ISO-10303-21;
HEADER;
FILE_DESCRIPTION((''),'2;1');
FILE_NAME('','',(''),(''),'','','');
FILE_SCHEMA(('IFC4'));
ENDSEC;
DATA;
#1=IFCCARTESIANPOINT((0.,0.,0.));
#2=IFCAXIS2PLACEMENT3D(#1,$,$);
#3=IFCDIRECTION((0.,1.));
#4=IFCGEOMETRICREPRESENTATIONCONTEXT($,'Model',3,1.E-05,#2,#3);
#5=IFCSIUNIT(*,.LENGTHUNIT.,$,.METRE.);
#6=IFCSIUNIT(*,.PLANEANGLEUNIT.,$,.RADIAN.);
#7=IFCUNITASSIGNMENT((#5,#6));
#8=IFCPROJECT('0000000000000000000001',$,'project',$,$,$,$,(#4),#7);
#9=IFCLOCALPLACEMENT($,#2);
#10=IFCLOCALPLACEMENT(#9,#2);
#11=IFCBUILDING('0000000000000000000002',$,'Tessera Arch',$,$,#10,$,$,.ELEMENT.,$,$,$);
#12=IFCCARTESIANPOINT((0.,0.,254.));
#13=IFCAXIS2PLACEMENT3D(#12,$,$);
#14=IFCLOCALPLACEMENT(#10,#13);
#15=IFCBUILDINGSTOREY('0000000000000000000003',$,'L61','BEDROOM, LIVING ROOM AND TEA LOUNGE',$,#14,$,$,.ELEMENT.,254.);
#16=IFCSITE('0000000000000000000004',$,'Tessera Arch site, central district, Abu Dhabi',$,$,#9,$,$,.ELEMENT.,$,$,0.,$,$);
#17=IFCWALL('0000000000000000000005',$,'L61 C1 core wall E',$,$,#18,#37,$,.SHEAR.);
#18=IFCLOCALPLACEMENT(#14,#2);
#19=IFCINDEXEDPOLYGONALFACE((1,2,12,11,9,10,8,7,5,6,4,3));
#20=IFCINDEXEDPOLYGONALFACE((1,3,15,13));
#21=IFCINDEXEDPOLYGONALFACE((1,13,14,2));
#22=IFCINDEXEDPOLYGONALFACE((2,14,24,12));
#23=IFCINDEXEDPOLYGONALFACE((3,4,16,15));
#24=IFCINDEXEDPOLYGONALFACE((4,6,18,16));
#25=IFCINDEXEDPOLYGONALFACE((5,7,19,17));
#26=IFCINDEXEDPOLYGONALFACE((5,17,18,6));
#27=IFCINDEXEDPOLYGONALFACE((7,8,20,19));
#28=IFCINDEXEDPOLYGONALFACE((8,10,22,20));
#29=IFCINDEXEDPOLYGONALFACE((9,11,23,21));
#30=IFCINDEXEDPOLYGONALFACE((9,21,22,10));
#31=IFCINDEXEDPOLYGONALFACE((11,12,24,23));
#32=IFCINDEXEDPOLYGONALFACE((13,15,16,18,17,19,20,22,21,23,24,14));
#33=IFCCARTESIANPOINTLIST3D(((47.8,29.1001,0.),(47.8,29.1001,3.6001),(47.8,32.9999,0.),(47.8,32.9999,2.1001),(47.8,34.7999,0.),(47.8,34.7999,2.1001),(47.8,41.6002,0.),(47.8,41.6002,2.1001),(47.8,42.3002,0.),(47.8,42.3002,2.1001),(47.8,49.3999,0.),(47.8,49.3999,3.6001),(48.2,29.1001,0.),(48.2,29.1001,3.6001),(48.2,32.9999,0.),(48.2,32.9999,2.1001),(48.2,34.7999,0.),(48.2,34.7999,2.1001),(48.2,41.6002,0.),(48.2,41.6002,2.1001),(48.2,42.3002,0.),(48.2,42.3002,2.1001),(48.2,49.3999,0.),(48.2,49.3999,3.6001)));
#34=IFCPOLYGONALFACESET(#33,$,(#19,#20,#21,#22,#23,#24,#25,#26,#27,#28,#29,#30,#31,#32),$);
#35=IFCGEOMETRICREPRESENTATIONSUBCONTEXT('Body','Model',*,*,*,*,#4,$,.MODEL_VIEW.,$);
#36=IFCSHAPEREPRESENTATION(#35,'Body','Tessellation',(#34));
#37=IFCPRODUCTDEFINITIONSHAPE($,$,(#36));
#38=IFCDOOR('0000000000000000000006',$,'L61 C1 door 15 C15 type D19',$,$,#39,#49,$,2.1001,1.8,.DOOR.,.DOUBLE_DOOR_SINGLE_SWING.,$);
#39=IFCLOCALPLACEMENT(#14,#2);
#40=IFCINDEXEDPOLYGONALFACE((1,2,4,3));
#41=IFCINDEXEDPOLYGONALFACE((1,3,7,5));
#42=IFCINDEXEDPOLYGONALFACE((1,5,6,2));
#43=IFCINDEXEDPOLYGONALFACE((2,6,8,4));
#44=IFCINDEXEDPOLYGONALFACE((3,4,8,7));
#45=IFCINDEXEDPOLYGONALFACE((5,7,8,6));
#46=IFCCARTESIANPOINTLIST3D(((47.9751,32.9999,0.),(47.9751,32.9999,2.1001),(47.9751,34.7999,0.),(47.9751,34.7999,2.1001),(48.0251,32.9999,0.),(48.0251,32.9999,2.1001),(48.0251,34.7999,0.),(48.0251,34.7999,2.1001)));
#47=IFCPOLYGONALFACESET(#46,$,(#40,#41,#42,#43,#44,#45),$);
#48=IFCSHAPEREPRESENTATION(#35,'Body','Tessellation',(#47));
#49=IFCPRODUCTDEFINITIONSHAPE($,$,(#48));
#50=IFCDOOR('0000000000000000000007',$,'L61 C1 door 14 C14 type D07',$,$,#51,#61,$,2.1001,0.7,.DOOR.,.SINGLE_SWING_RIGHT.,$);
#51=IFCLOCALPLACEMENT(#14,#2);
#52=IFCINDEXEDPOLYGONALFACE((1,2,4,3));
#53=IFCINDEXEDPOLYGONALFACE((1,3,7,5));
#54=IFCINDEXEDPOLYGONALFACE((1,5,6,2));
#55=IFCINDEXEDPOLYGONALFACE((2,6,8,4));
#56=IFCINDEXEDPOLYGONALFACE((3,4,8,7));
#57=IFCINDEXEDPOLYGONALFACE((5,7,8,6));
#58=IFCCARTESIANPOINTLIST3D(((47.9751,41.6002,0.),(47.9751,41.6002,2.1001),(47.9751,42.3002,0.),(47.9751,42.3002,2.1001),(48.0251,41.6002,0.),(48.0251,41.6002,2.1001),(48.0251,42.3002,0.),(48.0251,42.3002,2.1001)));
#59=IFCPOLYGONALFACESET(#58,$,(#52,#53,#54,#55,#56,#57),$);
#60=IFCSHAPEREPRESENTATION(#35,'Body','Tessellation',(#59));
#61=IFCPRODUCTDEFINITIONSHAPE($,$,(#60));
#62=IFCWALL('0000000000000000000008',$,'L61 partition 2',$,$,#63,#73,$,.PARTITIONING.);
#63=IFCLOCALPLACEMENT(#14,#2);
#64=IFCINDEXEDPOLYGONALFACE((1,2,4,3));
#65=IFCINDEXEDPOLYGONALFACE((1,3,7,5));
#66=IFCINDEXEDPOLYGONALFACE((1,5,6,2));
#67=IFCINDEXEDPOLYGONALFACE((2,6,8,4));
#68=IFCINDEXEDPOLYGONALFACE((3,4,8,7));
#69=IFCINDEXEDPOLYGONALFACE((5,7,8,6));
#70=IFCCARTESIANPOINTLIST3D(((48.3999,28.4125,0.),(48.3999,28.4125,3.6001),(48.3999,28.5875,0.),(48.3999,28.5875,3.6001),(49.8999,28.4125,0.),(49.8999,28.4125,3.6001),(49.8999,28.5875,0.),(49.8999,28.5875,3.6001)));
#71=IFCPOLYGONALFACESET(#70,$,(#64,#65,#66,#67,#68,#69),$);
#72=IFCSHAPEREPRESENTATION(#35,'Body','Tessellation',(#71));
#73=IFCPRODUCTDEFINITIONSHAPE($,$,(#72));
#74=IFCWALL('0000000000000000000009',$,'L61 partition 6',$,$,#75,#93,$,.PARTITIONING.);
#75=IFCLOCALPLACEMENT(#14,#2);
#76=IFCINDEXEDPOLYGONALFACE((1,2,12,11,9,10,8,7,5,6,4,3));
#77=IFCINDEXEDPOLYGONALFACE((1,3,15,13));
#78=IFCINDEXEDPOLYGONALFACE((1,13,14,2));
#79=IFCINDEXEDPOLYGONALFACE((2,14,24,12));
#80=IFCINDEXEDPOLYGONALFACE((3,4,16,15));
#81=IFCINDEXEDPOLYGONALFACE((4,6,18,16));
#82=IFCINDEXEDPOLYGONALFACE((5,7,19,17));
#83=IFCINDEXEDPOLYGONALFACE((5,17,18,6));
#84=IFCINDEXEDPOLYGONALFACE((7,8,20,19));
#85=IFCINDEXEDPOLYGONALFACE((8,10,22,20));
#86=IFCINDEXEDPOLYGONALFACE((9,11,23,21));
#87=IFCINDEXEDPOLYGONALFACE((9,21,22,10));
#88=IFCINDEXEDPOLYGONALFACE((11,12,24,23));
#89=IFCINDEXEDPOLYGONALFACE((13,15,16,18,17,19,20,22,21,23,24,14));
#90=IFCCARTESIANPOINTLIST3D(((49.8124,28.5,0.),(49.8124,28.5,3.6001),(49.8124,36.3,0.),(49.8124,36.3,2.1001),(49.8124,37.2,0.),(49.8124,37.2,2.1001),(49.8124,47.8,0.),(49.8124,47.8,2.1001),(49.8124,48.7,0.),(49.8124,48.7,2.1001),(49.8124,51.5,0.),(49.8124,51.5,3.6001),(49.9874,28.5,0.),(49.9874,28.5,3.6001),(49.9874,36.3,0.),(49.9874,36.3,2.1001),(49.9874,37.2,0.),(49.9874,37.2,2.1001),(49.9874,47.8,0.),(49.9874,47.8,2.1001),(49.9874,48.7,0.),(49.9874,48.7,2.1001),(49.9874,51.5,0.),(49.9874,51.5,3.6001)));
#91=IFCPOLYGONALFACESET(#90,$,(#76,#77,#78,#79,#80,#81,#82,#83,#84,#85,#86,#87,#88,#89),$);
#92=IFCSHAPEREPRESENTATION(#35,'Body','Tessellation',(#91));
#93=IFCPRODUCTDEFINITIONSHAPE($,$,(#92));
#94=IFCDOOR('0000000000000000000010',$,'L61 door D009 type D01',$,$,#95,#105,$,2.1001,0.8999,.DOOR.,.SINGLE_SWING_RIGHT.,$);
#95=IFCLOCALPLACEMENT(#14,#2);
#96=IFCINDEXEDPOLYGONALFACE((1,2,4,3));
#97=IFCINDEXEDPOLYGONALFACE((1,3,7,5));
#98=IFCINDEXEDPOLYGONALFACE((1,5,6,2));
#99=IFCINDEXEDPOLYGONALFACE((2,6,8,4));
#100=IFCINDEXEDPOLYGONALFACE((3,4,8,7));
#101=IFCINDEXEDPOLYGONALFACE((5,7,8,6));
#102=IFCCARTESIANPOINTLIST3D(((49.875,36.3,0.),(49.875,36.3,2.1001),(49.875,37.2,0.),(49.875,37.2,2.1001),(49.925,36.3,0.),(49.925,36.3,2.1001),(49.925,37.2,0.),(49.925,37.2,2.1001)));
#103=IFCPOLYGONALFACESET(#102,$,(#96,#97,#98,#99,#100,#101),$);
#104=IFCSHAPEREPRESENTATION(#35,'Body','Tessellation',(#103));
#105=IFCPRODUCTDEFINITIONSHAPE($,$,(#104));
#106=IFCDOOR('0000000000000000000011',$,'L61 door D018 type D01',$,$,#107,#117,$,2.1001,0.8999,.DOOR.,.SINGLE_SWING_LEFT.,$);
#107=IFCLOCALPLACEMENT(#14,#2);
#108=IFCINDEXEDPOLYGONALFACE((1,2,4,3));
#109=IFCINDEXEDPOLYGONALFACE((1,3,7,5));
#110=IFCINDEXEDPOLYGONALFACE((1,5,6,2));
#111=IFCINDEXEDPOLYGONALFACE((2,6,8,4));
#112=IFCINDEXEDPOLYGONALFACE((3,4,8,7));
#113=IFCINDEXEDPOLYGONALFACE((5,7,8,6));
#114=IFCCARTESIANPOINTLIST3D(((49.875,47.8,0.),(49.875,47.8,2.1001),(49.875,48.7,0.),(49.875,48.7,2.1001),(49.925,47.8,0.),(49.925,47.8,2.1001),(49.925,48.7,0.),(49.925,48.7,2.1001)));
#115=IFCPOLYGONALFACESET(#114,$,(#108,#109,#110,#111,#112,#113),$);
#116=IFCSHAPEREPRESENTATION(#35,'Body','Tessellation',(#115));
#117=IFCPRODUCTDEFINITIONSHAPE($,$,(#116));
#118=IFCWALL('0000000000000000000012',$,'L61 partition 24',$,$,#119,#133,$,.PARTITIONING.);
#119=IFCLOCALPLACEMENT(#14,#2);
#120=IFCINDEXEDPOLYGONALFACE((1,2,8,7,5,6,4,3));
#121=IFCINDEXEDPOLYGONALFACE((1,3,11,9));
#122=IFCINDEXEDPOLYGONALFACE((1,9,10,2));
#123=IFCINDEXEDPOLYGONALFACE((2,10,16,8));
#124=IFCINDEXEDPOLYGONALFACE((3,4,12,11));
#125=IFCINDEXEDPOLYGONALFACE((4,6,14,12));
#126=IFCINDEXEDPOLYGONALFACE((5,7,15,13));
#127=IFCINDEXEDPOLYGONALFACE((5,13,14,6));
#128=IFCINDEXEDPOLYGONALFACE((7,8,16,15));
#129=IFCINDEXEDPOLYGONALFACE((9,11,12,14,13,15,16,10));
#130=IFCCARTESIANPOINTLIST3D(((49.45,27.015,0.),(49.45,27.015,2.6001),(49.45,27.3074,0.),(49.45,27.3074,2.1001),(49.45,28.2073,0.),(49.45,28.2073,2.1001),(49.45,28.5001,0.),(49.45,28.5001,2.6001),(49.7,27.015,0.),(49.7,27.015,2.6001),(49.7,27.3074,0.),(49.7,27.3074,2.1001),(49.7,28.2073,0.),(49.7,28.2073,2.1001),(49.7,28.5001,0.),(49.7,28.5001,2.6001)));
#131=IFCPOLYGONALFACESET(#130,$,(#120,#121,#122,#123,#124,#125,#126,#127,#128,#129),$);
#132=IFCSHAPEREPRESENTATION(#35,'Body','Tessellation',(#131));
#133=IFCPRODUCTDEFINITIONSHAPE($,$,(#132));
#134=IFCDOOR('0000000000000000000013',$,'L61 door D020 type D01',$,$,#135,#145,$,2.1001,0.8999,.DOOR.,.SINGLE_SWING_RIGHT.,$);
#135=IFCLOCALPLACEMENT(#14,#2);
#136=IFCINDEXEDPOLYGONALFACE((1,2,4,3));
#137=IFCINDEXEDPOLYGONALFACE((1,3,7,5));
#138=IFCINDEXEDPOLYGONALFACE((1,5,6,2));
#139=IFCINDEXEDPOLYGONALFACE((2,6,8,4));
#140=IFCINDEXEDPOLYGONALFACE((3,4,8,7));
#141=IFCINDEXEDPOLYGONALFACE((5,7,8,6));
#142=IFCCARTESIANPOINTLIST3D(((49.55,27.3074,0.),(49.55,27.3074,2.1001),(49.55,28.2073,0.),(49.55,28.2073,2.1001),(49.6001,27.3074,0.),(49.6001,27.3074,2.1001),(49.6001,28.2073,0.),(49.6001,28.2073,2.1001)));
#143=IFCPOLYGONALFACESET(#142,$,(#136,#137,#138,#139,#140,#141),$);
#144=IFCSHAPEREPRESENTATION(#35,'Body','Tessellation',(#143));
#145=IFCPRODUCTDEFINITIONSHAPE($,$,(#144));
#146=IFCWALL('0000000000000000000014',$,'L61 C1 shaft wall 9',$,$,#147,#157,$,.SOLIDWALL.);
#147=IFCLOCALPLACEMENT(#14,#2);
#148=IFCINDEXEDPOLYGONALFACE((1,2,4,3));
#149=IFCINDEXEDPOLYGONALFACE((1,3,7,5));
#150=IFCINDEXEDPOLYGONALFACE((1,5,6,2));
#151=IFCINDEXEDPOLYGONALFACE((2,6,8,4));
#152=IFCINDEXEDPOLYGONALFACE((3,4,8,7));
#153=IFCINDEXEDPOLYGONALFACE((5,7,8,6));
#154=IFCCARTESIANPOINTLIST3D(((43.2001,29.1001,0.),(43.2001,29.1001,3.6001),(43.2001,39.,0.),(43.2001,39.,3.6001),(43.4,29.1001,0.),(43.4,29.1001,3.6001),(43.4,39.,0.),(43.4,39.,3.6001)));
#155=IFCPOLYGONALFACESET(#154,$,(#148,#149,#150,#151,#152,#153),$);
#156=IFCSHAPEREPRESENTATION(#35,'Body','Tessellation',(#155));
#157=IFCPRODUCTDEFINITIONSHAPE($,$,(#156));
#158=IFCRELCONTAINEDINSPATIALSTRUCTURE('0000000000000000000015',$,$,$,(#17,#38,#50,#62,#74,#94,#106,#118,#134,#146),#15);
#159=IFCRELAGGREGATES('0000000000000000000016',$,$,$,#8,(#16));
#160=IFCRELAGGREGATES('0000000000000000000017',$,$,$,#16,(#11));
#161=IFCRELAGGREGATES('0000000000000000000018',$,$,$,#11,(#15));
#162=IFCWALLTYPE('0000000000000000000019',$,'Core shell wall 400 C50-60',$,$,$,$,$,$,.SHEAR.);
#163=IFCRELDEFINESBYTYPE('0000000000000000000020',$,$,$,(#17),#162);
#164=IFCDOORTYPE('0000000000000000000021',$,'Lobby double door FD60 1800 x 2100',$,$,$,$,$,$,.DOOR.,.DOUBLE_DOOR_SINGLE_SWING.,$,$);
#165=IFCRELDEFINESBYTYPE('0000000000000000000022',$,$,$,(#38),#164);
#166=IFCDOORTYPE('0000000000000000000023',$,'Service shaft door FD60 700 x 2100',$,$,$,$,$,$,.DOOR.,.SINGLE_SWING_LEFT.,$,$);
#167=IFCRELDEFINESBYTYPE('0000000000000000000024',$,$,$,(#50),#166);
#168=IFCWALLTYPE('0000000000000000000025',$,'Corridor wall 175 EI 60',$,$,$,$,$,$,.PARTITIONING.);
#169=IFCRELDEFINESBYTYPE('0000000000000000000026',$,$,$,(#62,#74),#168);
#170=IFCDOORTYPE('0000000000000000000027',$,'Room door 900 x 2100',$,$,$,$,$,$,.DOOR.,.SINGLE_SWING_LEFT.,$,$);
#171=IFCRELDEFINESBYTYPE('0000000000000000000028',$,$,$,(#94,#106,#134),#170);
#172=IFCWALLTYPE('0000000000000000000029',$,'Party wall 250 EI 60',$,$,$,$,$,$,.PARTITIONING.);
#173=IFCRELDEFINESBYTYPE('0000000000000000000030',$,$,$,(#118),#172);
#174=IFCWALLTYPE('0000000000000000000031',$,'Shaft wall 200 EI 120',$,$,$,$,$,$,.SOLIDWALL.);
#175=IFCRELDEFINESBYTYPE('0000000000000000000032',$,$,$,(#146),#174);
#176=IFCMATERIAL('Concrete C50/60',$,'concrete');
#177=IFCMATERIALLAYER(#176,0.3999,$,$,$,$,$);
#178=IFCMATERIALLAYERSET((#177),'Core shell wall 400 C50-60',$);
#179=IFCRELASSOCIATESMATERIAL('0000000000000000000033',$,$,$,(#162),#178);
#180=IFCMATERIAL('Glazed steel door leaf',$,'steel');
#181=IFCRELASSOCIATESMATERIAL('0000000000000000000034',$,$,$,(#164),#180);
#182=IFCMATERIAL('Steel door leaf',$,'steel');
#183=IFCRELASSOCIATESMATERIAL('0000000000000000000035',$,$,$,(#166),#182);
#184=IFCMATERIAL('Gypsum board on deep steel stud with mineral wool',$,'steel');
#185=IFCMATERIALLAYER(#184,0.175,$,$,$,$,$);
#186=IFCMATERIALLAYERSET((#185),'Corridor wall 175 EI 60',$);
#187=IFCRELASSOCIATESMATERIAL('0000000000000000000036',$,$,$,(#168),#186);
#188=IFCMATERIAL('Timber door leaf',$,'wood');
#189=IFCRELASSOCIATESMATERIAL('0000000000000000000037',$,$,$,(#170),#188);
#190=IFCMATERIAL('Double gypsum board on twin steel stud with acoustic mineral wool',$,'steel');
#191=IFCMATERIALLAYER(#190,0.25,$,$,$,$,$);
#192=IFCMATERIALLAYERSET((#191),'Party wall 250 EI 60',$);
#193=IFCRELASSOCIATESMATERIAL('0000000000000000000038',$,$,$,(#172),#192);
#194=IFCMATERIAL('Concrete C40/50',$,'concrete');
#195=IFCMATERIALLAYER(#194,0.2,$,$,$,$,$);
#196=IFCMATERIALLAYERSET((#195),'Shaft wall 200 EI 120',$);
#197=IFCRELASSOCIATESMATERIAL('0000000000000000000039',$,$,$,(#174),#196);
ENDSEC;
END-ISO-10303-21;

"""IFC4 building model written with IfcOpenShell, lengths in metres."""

from ifc_helpers import new_model, si_unit, direction, frame, frame_2d, origin, place, context, subcontext, project, spatial, rectangle, extrude, material, layer, layer_set, type_object, element, fill, save


model = new_model("IFC4")

# Units and contexts
model_context = context("Model", 3, precision=1e-05, world=origin(), true_north=direction((0.0, 1.0)))
body_context = subcontext(model_context, "Body", "Model", "MODEL_VIEW")
ifc_project = project(units=[si_unit("LENGTHUNIT", "METRE"), si_unit("PLANEANGLEUNIT", "RADIAN")], contexts=[model_context])

# Site, building, storey
site_placement = place(None, origin())
site = spatial("IfcSite", under=ifc_project, at=site_placement, Name="Tessera Arch site, central district, Abu Dhabi", CompositionType="ELEMENT", RefElevation=0.0)
building_placement = place(site_placement, origin())
building = spatial("IfcBuilding", under=site, at=building_placement, Name="Tessera Arch", CompositionType="ELEMENT")
storey_placement = place(building_placement, frame((0.0, 0.0, 254.0)))
storey = spatial("IfcBuildingStorey", under=building, at=storey_placement, Name="L61", Description="BEDROOM, LIVING ROOM AND TEA LOUNGE", CompositionType="ELEMENT", Elevation=254.0)

# Wall, openings, doors
ifc_material_1 = material(Name="Concrete C50/60", Category="concrete")
ifc_layer_1 = layer(ifc_material_1, 0.3999)
ifc_layer_set_1 = layer_set([ifc_layer_1], Name="Core shell wall 400 C50-60")
wall_type_1 = type_object("IfcWallType", Name="Core shell wall 400 C50-60", PredefinedType="SHEAR", material=ifc_layer_set_1)
wall_1_placement = place(storey_placement, frame((48.0, 29.1001, 0.0), z_axis=(0.0, 0.0, 1.0), x_axis=(0.0, 1.0, 0.0)))
wall_1 = element("IfcWall", 1, at=wall_1_placement, inside=storey, type_object=wall_type_1, Name="L61 C1 core wall E", PredefinedType="SHEAR", context=body_context, shape_type="SweptSolid", body=[
    extrude(rectangle(XDim=20.2998, YDim=0.3999, at=frame_2d((10.1499, 0.0))), origin(), (0.0, 0.0, 1.0), 3.6001),
])
opening_1_placement = place(wall_1_placement, frame((12.5, 0.0, 0.0)))
opening_1 = element("IfcOpeningElement", 2, at=opening_1_placement, cuts=wall_1, PredefinedType="OPENING", context=body_context, shape_type="SweptSolid", body=[
    extrude(rectangle(XDim=0.7, YDim=2.1001, at=frame_2d((0.3501, 1.05))), frame((0.0, 0.21, 0.0), z_axis=(0.0, -1.0, 0.0), x_axis=(1.0, 0.0, 0.0)), (0.0, 0.0, 1.0), 0.4199),
])
opening_2_placement = place(wall_1_placement, frame((3.8999, 0.0, 0.0)))
opening_2 = element("IfcOpeningElement", 3, at=opening_2_placement, cuts=wall_1, PredefinedType="OPENING", context=body_context, shape_type="SweptSolid", body=[
    extrude(rectangle(XDim=1.8, YDim=2.1001, at=frame_2d((0.8999, 1.05))), frame((0.0, 0.21, 0.0), z_axis=(0.0, -1.0, 0.0), x_axis=(1.0, 0.0, 0.0)), (0.0, 0.0, 1.0), 0.4199),
])
ifc_material_2 = material(Name="Glazed steel door leaf", Category="steel")
door_type_1 = type_object("IfcDoorType", Name="Lobby double door FD60 1800 x 2100", OperationType="DOUBLE_DOOR_SINGLE_SWING", PredefinedType="DOOR", material=ifc_material_2)
door_1_placement = place(opening_2_placement, origin())
door_1 = element("IfcDoor", 4, at=door_1_placement, inside=storey, type_object=door_type_1, Name="L61 C1 door 15 C15 type D19", OperationType="DOUBLE_DOOR_SINGLE_SWING", OverallHeight=2.1001, OverallWidth=1.8, PredefinedType="DOOR", context=body_context, shape_type="SweptSolid", body=[
    extrude(rectangle(XDim=1.8, YDim=2.1001, at=frame_2d((0.8999, 1.05))), frame((0.0, 0.0249, 0.0), z_axis=(0.0, -1.0, 0.0), x_axis=(1.0, 0.0, 0.0)), (0.0, 0.0, 1.0), 0.05),
])
fill(opening_2, door_1)
ifc_material_3 = material(Name="Steel door leaf", Category="steel")
door_type_2 = type_object("IfcDoorType", Name="Service shaft door FD60 700 x 2100", OperationType="SINGLE_SWING_LEFT", PredefinedType="DOOR", material=ifc_material_3)
door_2_placement = place(opening_1_placement, origin())
door_2 = element("IfcDoor", 5, at=door_2_placement, inside=storey, type_object=door_type_2, Name="L61 C1 door 14 C14 type D07", OperationType="SINGLE_SWING_RIGHT", OverallHeight=2.1001, OverallWidth=0.7, PredefinedType="DOOR", context=body_context, shape_type="SweptSolid", body=[
    extrude(rectangle(XDim=0.7, YDim=2.1001, at=frame_2d((0.3501, 1.05))), frame((0.0, 0.0249, 0.0), z_axis=(0.0, -1.0, 0.0), x_axis=(1.0, 0.0, 0.0)), (0.0, 0.0, 1.0), 0.05),
])
fill(opening_1, door_2)

# Wall
ifc_material_4 = material(Name="Gypsum board on deep steel stud with mineral wool", Category="steel")
ifc_layer_2 = layer(ifc_material_4, 0.175)
ifc_layer_set_2 = layer_set([ifc_layer_2], Name="Corridor wall 175 EI 60")
wall_type_2 = type_object("IfcWallType", Name="Corridor wall 175 EI 60", PredefinedType="PARTITIONING", material=ifc_layer_set_2)
wall_2_placement = place(storey_placement, frame((48.3999, 28.5, 0.0), z_axis=(0.0, 0.0, 1.0), x_axis=(1.0, 0.0, 0.0)))
element("IfcWall", 6, at=wall_2_placement, inside=storey, type_object=wall_type_2, Name="L61 partition 2", PredefinedType="PARTITIONING", context=body_context, shape_type="SweptSolid", body=[
    extrude(rectangle(XDim=1.5, YDim=0.175, at=frame_2d((0.75, 0.0))), origin(), (0.0, 0.0, 1.0), 3.6001),
])

# Wall, openings, doors
wall_3_placement = place(storey_placement, frame((49.8999, 28.5, 0.0), z_axis=(0.0, 0.0, 1.0), x_axis=(0.0, 1.0, 0.0)))
wall_3 = element("IfcWall", 7, at=wall_3_placement, inside=storey, type_object=wall_type_2, Name="L61 partition 6", PredefinedType="PARTITIONING", context=body_context, shape_type="SweptSolid", body=[
    extrude(rectangle(XDim=23.0, YDim=0.175, at=frame_2d((11.5, 0.0))), origin(), (0.0, 0.0, 1.0), 3.6001),
])
opening_3_placement = place(wall_3_placement, frame((7.8, 0.0, 0.0)))
opening_3 = element("IfcOpeningElement", 8, at=opening_3_placement, cuts=wall_3, PredefinedType="OPENING", context=body_context, shape_type="SweptSolid", body=[
    extrude(rectangle(XDim=0.8999, YDim=2.1001, at=frame_2d((0.45, 1.05))), frame((0.0, 0.0974, 0.0), z_axis=(0.0, -1.0, 0.0), x_axis=(1.0, 0.0, 0.0)), (0.0, 0.0, 1.0), 0.1951),
])
opening_4_placement = place(wall_3_placement, frame((19.3, 0.0, 0.0)))
opening_4 = element("IfcOpeningElement", 9, at=opening_4_placement, cuts=wall_3, PredefinedType="OPENING", context=body_context, shape_type="SweptSolid", body=[
    extrude(rectangle(XDim=0.8999, YDim=2.1001, at=frame_2d((0.45, 1.05))), frame((0.0, 0.0974, 0.0), z_axis=(0.0, -1.0, 0.0), x_axis=(1.0, 0.0, 0.0)), (0.0, 0.0, 1.0), 0.1951),
])
ifc_material_5 = material(Name="Timber door leaf", Category="wood")
door_type_3 = type_object("IfcDoorType", Name="Room door 900 x 2100", OperationType="SINGLE_SWING_LEFT", PredefinedType="DOOR", material=ifc_material_5)
door_3_placement = place(opening_3_placement, origin())
door_3 = element("IfcDoor", 10, at=door_3_placement, inside=storey, type_object=door_type_3, Name="L61 door D009 type D01", OperationType="SINGLE_SWING_RIGHT", OverallHeight=2.1001, OverallWidth=0.8999, PredefinedType="DOOR", context=body_context, shape_type="SweptSolid", body=[
    extrude(rectangle(XDim=0.8999, YDim=2.1001, at=frame_2d((0.45, 1.05))), frame((0.0, 0.0249, 0.0), z_axis=(0.0, -1.0, 0.0), x_axis=(1.0, 0.0, 0.0)), (0.0, 0.0, 1.0), 0.05),
])
fill(opening_3, door_3)
door_4_placement = place(opening_4_placement, origin())
door_4 = element("IfcDoor", 11, at=door_4_placement, inside=storey, type_object=door_type_3, Name="L61 door D018 type D01", OperationType="SINGLE_SWING_LEFT", OverallHeight=2.1001, OverallWidth=0.8999, PredefinedType="DOOR", context=body_context, shape_type="SweptSolid", body=[
    extrude(rectangle(XDim=0.8999, YDim=2.1001, at=frame_2d((0.45, 1.05))), frame((0.0, 0.0249, 0.0), z_axis=(0.0, -1.0, 0.0), x_axis=(1.0, 0.0, 0.0)), (0.0, 0.0, 1.0), 0.05),
])
fill(opening_4, door_4)

# Wall, opening, door
ifc_material_6 = material(Name="Double gypsum board on twin steel stud with acoustic mineral wool", Category="steel")
ifc_layer_3 = layer(ifc_material_6, 0.25)
ifc_layer_set_3 = layer_set([ifc_layer_3], Name="Party wall 250 EI 60")
wall_type_3 = type_object("IfcWallType", Name="Party wall 250 EI 60", PredefinedType="PARTITIONING", material=ifc_layer_set_3)
wall_4_placement = place(storey_placement, frame((49.575, 27.0149, 0.0), z_axis=(0.0, 0.0, 1.0), x_axis=(0.0, 1.0, 0.0)))
wall_4 = element("IfcWall", 12, at=wall_4_placement, inside=storey, type_object=wall_type_3, Name="L61 partition 24", PredefinedType="PARTITIONING", context=body_context, shape_type="SweptSolid", body=[
    extrude(rectangle(XDim=1.4851, YDim=0.25, at=frame_2d((0.7427, 0.0))), origin(), (0.0, 0.0, 1.0), 2.6001),
])
opening_5_placement = place(wall_4_placement, frame((0.2925, 0.0, 0.0)))
opening_5 = element("IfcOpeningElement", 13, at=opening_5_placement, cuts=wall_4, PredefinedType="OPENING", context=body_context, shape_type="SweptSolid", body=[
    extrude(rectangle(XDim=0.8999, YDim=2.1001, at=frame_2d((0.45, 1.05))), frame((0.0, 0.135, 0.0), z_axis=(0.0, -1.0, 0.0), x_axis=(1.0, 0.0, 0.0)), (0.0, 0.0, 1.0), 0.27),
])
door_5_placement = place(opening_5_placement, origin())
door_5 = element("IfcDoor", 14, at=door_5_placement, inside=storey, type_object=door_type_3, Name="L61 door D020 type D01", OperationType="SINGLE_SWING_RIGHT", OverallHeight=2.1001, OverallWidth=0.8999, PredefinedType="DOOR", context=body_context, shape_type="SweptSolid", body=[
    extrude(rectangle(XDim=0.8999, YDim=2.1001, at=frame_2d((0.45, 1.05))), frame((0.0, 0.0249, 0.0), z_axis=(0.0, -1.0, 0.0), x_axis=(1.0, 0.0, 0.0)), (0.0, 0.0, 1.0), 0.05),
])
fill(opening_5, door_5)

# Wall
ifc_material_7 = material(Name="Concrete C40/50", Category="concrete")
ifc_layer_4 = layer(ifc_material_7, 0.2)
ifc_layer_set_4 = layer_set([ifc_layer_4], Name="Shaft wall 200 EI 120")
wall_type_4 = type_object("IfcWallType", Name="Shaft wall 200 EI 120", PredefinedType="SOLIDWALL", material=ifc_layer_set_4)
wall_5_placement = place(storey_placement, frame((43.3, 29.1001, 0.0), z_axis=(0.0, 0.0, 1.0), x_axis=(0.0, 1.0, 0.0)))
element("IfcWall", 15, at=wall_5_placement, inside=storey, type_object=wall_type_4, Name="L61 C1 shaft wall 9", PredefinedType="SOLIDWALL", context=body_context, shape_type="SweptSolid", body=[
    extrude(rectangle(XDim=9.8999, YDim=0.2, at=frame_2d((4.95, 0.0))), origin(), (0.0, 0.0, 1.0), 3.6001),
])

save(model, "model.ifc")
